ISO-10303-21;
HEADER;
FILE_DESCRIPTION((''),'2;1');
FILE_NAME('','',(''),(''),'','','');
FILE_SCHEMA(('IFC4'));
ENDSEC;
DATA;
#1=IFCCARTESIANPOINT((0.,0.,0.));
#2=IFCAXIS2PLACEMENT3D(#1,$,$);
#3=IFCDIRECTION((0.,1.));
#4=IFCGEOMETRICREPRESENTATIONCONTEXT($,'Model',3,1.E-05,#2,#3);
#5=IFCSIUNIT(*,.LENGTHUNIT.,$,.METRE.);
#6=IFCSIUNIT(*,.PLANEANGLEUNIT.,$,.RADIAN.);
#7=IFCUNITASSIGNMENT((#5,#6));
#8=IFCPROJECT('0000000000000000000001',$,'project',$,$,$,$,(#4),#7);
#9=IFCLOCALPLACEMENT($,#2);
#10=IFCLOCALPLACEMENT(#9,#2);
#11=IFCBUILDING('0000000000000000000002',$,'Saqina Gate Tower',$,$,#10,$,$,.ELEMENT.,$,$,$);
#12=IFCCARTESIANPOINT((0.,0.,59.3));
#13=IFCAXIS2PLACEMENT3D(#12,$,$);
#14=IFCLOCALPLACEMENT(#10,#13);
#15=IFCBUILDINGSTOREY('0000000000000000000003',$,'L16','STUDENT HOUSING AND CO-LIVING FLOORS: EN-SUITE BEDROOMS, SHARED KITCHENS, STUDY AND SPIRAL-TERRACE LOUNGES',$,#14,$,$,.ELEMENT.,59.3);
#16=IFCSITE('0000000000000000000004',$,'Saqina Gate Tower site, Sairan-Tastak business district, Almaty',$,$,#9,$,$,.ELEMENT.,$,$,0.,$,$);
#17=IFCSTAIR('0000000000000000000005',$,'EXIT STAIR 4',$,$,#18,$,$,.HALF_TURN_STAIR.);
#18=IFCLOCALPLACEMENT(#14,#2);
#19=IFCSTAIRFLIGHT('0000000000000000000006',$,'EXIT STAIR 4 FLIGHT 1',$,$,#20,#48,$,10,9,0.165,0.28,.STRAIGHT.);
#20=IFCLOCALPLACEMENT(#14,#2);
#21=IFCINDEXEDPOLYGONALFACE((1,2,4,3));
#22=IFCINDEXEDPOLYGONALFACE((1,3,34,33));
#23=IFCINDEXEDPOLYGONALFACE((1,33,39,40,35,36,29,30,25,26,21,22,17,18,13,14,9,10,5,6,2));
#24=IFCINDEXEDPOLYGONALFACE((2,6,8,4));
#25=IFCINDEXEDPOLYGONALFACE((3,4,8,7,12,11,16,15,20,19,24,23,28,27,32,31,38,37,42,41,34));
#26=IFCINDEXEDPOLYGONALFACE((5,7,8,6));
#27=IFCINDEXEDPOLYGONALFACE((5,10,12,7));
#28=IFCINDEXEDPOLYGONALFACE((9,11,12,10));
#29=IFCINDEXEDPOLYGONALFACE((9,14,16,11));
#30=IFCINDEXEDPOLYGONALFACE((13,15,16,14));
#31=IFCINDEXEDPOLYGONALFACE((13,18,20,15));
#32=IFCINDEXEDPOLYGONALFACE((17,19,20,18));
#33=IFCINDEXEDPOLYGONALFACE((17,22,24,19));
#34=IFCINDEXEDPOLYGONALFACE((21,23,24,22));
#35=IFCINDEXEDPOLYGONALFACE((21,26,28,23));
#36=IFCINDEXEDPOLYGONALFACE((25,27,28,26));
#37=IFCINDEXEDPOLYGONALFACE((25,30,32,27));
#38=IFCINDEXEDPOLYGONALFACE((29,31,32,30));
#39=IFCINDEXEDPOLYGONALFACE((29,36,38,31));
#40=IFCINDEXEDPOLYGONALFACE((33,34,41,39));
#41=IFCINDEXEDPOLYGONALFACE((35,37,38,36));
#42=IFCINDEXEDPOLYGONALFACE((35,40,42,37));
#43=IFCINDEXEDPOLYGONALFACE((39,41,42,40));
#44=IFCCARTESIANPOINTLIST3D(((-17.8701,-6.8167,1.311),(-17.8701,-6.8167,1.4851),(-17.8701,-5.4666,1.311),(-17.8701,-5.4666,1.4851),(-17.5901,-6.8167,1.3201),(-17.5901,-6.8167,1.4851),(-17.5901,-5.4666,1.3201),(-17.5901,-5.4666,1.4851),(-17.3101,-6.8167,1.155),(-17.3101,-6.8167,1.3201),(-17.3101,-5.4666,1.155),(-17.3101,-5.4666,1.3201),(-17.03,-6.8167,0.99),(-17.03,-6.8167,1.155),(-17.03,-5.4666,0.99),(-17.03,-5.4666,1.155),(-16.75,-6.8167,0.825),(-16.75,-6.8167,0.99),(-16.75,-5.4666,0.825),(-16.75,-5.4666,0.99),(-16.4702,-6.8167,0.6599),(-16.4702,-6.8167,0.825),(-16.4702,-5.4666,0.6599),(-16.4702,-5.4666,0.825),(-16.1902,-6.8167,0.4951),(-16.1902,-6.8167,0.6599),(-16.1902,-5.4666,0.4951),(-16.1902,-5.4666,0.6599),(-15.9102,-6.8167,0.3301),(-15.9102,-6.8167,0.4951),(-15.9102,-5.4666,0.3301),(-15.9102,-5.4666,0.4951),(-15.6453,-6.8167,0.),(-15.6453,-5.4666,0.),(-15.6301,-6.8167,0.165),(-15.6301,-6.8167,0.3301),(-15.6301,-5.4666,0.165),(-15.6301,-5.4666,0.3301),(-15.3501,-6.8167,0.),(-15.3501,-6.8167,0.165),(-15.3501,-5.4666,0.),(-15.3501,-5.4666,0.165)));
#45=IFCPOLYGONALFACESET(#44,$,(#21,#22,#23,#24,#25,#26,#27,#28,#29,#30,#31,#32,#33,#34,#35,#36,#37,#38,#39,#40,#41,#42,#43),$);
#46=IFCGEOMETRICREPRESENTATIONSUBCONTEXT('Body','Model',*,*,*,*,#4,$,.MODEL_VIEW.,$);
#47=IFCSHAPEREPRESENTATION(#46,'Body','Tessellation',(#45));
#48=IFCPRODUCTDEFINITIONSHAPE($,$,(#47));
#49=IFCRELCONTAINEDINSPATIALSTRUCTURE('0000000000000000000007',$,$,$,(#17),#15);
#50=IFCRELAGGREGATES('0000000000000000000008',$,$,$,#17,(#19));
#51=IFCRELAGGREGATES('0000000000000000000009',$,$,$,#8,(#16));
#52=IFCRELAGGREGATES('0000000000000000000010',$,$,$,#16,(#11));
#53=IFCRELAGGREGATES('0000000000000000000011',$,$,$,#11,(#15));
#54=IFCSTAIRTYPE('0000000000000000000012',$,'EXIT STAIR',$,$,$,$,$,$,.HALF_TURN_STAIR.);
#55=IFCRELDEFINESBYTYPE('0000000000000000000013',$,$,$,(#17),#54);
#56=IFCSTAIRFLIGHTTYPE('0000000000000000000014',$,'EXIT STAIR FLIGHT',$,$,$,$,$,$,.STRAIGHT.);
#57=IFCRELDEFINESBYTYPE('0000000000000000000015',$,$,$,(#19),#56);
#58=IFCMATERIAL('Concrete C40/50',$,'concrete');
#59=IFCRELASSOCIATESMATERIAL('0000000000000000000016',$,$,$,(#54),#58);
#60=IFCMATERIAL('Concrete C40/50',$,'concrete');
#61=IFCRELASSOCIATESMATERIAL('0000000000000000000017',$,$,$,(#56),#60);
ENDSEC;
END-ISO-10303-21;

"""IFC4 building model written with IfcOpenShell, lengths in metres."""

from ifc_helpers import new_model, si_unit, direction, frame, origin, place, context, subcontext, project, spatial, polyline, outline, extrude, material, type_object, element, aggregate, save


model = new_model("IFC4")

# Units and contexts
model_context = context("Model", 3, precision=1e-05, world=origin(), true_north=direction((0.0, 1.0)))
body_context = subcontext(model_context, "Body", "Model", "MODEL_VIEW")
ifc_project = project(units=[si_unit("LENGTHUNIT", "METRE"), si_unit("PLANEANGLEUNIT", "RADIAN")], contexts=[model_context])

# Site, building, storey
site_placement = place(None, origin())
site = spatial("IfcSite", under=ifc_project, at=site_placement, Name="Saqina Gate Tower site, Sairan-Tastak business district, Almaty", CompositionType="ELEMENT", RefElevation=0.0)
building_placement = place(site_placement, origin())
building = spatial("IfcBuilding", under=site, at=building_placement, Name="Saqina Gate Tower", CompositionType="ELEMENT")
storey_placement = place(building_placement, frame((0.0, 0.0, 59.3)))
storey = spatial("IfcBuildingStorey", under=building, at=storey_placement, Name="L16", Description="STUDENT HOUSING AND CO-LIVING FLOORS: EN-SUITE BEDROOMS, SHARED KITCHENS, STUDY AND SPIRAL-TERRACE LOUNGES", CompositionType="ELEMENT", Elevation=59.3)

# Stair, stair flight
ifc_material_1 = material(Name="Concrete C40/50", Category="concrete")
stair_type = type_object("IfcStairType", Name="EXIT STAIR", PredefinedType="HALF_TURN_STAIR", material=ifc_material_1)
stair_placement = place(storey_placement, origin())
stair = element("IfcStair", 1, at=stair_placement, inside=storey, type_object=stair_type, Name="EXIT STAIR 4", PredefinedType="HALF_TURN_STAIR")
ifc_material_2 = material(Name="Concrete C40/50", Category="concrete")
stair_flight_type = type_object("IfcStairFlightType", Name="EXIT STAIR FLIGHT", PredefinedType="STRAIGHT", material=ifc_material_2)
stair_flight_placement = place(storey_placement, frame((-15.3501, -6.1416, 0.0), z_axis=(0.0, 0.0, 1.0), x_axis=(-1.0, 0.0, 0.0)))
stair_flight = element("IfcStairFlight", 2, at=stair_flight_placement, type_object=stair_flight_type, Name="EXIT STAIR 4 FLIGHT 1", NumberOfRisers=10, NumberOfTreads=9, PredefinedType="STRAIGHT", RiserHeight=0.165, TreadLength=0.28, context=body_context, shape_type="SweptSolid", body=[
    extrude(outline(polyline([(0.0, 0.0), (0.0, 0.165), (0.28, 0.165), (0.28, 0.3301), (0.5601, 0.3301), (0.5601, 0.4951), (0.8401, 0.4951), (0.8401, 0.6599), (1.1201, 0.6599), (1.1201, 0.825), (1.3999, 0.825), (1.3999, 0.99), (1.6799, 0.99), (1.6799, 1.155), (1.96, 1.155), (1.96, 1.3201), (2.24, 1.3201), (2.24, 1.4851), (2.52, 1.4851), (2.52, 1.6499), (2.52, 1.311), (0.2952, 0.0), (0.0, 0.0)])), frame((0.0, 0.675, 0.0), z_axis=(0.0, -1.0, 0.0), x_axis=(1.0, 0.0, 0.0)), (0.0, 0.0, 1.0), 1.3501),
])
aggregate(stair, [stair_flight])

save(model, "model.ifc")
